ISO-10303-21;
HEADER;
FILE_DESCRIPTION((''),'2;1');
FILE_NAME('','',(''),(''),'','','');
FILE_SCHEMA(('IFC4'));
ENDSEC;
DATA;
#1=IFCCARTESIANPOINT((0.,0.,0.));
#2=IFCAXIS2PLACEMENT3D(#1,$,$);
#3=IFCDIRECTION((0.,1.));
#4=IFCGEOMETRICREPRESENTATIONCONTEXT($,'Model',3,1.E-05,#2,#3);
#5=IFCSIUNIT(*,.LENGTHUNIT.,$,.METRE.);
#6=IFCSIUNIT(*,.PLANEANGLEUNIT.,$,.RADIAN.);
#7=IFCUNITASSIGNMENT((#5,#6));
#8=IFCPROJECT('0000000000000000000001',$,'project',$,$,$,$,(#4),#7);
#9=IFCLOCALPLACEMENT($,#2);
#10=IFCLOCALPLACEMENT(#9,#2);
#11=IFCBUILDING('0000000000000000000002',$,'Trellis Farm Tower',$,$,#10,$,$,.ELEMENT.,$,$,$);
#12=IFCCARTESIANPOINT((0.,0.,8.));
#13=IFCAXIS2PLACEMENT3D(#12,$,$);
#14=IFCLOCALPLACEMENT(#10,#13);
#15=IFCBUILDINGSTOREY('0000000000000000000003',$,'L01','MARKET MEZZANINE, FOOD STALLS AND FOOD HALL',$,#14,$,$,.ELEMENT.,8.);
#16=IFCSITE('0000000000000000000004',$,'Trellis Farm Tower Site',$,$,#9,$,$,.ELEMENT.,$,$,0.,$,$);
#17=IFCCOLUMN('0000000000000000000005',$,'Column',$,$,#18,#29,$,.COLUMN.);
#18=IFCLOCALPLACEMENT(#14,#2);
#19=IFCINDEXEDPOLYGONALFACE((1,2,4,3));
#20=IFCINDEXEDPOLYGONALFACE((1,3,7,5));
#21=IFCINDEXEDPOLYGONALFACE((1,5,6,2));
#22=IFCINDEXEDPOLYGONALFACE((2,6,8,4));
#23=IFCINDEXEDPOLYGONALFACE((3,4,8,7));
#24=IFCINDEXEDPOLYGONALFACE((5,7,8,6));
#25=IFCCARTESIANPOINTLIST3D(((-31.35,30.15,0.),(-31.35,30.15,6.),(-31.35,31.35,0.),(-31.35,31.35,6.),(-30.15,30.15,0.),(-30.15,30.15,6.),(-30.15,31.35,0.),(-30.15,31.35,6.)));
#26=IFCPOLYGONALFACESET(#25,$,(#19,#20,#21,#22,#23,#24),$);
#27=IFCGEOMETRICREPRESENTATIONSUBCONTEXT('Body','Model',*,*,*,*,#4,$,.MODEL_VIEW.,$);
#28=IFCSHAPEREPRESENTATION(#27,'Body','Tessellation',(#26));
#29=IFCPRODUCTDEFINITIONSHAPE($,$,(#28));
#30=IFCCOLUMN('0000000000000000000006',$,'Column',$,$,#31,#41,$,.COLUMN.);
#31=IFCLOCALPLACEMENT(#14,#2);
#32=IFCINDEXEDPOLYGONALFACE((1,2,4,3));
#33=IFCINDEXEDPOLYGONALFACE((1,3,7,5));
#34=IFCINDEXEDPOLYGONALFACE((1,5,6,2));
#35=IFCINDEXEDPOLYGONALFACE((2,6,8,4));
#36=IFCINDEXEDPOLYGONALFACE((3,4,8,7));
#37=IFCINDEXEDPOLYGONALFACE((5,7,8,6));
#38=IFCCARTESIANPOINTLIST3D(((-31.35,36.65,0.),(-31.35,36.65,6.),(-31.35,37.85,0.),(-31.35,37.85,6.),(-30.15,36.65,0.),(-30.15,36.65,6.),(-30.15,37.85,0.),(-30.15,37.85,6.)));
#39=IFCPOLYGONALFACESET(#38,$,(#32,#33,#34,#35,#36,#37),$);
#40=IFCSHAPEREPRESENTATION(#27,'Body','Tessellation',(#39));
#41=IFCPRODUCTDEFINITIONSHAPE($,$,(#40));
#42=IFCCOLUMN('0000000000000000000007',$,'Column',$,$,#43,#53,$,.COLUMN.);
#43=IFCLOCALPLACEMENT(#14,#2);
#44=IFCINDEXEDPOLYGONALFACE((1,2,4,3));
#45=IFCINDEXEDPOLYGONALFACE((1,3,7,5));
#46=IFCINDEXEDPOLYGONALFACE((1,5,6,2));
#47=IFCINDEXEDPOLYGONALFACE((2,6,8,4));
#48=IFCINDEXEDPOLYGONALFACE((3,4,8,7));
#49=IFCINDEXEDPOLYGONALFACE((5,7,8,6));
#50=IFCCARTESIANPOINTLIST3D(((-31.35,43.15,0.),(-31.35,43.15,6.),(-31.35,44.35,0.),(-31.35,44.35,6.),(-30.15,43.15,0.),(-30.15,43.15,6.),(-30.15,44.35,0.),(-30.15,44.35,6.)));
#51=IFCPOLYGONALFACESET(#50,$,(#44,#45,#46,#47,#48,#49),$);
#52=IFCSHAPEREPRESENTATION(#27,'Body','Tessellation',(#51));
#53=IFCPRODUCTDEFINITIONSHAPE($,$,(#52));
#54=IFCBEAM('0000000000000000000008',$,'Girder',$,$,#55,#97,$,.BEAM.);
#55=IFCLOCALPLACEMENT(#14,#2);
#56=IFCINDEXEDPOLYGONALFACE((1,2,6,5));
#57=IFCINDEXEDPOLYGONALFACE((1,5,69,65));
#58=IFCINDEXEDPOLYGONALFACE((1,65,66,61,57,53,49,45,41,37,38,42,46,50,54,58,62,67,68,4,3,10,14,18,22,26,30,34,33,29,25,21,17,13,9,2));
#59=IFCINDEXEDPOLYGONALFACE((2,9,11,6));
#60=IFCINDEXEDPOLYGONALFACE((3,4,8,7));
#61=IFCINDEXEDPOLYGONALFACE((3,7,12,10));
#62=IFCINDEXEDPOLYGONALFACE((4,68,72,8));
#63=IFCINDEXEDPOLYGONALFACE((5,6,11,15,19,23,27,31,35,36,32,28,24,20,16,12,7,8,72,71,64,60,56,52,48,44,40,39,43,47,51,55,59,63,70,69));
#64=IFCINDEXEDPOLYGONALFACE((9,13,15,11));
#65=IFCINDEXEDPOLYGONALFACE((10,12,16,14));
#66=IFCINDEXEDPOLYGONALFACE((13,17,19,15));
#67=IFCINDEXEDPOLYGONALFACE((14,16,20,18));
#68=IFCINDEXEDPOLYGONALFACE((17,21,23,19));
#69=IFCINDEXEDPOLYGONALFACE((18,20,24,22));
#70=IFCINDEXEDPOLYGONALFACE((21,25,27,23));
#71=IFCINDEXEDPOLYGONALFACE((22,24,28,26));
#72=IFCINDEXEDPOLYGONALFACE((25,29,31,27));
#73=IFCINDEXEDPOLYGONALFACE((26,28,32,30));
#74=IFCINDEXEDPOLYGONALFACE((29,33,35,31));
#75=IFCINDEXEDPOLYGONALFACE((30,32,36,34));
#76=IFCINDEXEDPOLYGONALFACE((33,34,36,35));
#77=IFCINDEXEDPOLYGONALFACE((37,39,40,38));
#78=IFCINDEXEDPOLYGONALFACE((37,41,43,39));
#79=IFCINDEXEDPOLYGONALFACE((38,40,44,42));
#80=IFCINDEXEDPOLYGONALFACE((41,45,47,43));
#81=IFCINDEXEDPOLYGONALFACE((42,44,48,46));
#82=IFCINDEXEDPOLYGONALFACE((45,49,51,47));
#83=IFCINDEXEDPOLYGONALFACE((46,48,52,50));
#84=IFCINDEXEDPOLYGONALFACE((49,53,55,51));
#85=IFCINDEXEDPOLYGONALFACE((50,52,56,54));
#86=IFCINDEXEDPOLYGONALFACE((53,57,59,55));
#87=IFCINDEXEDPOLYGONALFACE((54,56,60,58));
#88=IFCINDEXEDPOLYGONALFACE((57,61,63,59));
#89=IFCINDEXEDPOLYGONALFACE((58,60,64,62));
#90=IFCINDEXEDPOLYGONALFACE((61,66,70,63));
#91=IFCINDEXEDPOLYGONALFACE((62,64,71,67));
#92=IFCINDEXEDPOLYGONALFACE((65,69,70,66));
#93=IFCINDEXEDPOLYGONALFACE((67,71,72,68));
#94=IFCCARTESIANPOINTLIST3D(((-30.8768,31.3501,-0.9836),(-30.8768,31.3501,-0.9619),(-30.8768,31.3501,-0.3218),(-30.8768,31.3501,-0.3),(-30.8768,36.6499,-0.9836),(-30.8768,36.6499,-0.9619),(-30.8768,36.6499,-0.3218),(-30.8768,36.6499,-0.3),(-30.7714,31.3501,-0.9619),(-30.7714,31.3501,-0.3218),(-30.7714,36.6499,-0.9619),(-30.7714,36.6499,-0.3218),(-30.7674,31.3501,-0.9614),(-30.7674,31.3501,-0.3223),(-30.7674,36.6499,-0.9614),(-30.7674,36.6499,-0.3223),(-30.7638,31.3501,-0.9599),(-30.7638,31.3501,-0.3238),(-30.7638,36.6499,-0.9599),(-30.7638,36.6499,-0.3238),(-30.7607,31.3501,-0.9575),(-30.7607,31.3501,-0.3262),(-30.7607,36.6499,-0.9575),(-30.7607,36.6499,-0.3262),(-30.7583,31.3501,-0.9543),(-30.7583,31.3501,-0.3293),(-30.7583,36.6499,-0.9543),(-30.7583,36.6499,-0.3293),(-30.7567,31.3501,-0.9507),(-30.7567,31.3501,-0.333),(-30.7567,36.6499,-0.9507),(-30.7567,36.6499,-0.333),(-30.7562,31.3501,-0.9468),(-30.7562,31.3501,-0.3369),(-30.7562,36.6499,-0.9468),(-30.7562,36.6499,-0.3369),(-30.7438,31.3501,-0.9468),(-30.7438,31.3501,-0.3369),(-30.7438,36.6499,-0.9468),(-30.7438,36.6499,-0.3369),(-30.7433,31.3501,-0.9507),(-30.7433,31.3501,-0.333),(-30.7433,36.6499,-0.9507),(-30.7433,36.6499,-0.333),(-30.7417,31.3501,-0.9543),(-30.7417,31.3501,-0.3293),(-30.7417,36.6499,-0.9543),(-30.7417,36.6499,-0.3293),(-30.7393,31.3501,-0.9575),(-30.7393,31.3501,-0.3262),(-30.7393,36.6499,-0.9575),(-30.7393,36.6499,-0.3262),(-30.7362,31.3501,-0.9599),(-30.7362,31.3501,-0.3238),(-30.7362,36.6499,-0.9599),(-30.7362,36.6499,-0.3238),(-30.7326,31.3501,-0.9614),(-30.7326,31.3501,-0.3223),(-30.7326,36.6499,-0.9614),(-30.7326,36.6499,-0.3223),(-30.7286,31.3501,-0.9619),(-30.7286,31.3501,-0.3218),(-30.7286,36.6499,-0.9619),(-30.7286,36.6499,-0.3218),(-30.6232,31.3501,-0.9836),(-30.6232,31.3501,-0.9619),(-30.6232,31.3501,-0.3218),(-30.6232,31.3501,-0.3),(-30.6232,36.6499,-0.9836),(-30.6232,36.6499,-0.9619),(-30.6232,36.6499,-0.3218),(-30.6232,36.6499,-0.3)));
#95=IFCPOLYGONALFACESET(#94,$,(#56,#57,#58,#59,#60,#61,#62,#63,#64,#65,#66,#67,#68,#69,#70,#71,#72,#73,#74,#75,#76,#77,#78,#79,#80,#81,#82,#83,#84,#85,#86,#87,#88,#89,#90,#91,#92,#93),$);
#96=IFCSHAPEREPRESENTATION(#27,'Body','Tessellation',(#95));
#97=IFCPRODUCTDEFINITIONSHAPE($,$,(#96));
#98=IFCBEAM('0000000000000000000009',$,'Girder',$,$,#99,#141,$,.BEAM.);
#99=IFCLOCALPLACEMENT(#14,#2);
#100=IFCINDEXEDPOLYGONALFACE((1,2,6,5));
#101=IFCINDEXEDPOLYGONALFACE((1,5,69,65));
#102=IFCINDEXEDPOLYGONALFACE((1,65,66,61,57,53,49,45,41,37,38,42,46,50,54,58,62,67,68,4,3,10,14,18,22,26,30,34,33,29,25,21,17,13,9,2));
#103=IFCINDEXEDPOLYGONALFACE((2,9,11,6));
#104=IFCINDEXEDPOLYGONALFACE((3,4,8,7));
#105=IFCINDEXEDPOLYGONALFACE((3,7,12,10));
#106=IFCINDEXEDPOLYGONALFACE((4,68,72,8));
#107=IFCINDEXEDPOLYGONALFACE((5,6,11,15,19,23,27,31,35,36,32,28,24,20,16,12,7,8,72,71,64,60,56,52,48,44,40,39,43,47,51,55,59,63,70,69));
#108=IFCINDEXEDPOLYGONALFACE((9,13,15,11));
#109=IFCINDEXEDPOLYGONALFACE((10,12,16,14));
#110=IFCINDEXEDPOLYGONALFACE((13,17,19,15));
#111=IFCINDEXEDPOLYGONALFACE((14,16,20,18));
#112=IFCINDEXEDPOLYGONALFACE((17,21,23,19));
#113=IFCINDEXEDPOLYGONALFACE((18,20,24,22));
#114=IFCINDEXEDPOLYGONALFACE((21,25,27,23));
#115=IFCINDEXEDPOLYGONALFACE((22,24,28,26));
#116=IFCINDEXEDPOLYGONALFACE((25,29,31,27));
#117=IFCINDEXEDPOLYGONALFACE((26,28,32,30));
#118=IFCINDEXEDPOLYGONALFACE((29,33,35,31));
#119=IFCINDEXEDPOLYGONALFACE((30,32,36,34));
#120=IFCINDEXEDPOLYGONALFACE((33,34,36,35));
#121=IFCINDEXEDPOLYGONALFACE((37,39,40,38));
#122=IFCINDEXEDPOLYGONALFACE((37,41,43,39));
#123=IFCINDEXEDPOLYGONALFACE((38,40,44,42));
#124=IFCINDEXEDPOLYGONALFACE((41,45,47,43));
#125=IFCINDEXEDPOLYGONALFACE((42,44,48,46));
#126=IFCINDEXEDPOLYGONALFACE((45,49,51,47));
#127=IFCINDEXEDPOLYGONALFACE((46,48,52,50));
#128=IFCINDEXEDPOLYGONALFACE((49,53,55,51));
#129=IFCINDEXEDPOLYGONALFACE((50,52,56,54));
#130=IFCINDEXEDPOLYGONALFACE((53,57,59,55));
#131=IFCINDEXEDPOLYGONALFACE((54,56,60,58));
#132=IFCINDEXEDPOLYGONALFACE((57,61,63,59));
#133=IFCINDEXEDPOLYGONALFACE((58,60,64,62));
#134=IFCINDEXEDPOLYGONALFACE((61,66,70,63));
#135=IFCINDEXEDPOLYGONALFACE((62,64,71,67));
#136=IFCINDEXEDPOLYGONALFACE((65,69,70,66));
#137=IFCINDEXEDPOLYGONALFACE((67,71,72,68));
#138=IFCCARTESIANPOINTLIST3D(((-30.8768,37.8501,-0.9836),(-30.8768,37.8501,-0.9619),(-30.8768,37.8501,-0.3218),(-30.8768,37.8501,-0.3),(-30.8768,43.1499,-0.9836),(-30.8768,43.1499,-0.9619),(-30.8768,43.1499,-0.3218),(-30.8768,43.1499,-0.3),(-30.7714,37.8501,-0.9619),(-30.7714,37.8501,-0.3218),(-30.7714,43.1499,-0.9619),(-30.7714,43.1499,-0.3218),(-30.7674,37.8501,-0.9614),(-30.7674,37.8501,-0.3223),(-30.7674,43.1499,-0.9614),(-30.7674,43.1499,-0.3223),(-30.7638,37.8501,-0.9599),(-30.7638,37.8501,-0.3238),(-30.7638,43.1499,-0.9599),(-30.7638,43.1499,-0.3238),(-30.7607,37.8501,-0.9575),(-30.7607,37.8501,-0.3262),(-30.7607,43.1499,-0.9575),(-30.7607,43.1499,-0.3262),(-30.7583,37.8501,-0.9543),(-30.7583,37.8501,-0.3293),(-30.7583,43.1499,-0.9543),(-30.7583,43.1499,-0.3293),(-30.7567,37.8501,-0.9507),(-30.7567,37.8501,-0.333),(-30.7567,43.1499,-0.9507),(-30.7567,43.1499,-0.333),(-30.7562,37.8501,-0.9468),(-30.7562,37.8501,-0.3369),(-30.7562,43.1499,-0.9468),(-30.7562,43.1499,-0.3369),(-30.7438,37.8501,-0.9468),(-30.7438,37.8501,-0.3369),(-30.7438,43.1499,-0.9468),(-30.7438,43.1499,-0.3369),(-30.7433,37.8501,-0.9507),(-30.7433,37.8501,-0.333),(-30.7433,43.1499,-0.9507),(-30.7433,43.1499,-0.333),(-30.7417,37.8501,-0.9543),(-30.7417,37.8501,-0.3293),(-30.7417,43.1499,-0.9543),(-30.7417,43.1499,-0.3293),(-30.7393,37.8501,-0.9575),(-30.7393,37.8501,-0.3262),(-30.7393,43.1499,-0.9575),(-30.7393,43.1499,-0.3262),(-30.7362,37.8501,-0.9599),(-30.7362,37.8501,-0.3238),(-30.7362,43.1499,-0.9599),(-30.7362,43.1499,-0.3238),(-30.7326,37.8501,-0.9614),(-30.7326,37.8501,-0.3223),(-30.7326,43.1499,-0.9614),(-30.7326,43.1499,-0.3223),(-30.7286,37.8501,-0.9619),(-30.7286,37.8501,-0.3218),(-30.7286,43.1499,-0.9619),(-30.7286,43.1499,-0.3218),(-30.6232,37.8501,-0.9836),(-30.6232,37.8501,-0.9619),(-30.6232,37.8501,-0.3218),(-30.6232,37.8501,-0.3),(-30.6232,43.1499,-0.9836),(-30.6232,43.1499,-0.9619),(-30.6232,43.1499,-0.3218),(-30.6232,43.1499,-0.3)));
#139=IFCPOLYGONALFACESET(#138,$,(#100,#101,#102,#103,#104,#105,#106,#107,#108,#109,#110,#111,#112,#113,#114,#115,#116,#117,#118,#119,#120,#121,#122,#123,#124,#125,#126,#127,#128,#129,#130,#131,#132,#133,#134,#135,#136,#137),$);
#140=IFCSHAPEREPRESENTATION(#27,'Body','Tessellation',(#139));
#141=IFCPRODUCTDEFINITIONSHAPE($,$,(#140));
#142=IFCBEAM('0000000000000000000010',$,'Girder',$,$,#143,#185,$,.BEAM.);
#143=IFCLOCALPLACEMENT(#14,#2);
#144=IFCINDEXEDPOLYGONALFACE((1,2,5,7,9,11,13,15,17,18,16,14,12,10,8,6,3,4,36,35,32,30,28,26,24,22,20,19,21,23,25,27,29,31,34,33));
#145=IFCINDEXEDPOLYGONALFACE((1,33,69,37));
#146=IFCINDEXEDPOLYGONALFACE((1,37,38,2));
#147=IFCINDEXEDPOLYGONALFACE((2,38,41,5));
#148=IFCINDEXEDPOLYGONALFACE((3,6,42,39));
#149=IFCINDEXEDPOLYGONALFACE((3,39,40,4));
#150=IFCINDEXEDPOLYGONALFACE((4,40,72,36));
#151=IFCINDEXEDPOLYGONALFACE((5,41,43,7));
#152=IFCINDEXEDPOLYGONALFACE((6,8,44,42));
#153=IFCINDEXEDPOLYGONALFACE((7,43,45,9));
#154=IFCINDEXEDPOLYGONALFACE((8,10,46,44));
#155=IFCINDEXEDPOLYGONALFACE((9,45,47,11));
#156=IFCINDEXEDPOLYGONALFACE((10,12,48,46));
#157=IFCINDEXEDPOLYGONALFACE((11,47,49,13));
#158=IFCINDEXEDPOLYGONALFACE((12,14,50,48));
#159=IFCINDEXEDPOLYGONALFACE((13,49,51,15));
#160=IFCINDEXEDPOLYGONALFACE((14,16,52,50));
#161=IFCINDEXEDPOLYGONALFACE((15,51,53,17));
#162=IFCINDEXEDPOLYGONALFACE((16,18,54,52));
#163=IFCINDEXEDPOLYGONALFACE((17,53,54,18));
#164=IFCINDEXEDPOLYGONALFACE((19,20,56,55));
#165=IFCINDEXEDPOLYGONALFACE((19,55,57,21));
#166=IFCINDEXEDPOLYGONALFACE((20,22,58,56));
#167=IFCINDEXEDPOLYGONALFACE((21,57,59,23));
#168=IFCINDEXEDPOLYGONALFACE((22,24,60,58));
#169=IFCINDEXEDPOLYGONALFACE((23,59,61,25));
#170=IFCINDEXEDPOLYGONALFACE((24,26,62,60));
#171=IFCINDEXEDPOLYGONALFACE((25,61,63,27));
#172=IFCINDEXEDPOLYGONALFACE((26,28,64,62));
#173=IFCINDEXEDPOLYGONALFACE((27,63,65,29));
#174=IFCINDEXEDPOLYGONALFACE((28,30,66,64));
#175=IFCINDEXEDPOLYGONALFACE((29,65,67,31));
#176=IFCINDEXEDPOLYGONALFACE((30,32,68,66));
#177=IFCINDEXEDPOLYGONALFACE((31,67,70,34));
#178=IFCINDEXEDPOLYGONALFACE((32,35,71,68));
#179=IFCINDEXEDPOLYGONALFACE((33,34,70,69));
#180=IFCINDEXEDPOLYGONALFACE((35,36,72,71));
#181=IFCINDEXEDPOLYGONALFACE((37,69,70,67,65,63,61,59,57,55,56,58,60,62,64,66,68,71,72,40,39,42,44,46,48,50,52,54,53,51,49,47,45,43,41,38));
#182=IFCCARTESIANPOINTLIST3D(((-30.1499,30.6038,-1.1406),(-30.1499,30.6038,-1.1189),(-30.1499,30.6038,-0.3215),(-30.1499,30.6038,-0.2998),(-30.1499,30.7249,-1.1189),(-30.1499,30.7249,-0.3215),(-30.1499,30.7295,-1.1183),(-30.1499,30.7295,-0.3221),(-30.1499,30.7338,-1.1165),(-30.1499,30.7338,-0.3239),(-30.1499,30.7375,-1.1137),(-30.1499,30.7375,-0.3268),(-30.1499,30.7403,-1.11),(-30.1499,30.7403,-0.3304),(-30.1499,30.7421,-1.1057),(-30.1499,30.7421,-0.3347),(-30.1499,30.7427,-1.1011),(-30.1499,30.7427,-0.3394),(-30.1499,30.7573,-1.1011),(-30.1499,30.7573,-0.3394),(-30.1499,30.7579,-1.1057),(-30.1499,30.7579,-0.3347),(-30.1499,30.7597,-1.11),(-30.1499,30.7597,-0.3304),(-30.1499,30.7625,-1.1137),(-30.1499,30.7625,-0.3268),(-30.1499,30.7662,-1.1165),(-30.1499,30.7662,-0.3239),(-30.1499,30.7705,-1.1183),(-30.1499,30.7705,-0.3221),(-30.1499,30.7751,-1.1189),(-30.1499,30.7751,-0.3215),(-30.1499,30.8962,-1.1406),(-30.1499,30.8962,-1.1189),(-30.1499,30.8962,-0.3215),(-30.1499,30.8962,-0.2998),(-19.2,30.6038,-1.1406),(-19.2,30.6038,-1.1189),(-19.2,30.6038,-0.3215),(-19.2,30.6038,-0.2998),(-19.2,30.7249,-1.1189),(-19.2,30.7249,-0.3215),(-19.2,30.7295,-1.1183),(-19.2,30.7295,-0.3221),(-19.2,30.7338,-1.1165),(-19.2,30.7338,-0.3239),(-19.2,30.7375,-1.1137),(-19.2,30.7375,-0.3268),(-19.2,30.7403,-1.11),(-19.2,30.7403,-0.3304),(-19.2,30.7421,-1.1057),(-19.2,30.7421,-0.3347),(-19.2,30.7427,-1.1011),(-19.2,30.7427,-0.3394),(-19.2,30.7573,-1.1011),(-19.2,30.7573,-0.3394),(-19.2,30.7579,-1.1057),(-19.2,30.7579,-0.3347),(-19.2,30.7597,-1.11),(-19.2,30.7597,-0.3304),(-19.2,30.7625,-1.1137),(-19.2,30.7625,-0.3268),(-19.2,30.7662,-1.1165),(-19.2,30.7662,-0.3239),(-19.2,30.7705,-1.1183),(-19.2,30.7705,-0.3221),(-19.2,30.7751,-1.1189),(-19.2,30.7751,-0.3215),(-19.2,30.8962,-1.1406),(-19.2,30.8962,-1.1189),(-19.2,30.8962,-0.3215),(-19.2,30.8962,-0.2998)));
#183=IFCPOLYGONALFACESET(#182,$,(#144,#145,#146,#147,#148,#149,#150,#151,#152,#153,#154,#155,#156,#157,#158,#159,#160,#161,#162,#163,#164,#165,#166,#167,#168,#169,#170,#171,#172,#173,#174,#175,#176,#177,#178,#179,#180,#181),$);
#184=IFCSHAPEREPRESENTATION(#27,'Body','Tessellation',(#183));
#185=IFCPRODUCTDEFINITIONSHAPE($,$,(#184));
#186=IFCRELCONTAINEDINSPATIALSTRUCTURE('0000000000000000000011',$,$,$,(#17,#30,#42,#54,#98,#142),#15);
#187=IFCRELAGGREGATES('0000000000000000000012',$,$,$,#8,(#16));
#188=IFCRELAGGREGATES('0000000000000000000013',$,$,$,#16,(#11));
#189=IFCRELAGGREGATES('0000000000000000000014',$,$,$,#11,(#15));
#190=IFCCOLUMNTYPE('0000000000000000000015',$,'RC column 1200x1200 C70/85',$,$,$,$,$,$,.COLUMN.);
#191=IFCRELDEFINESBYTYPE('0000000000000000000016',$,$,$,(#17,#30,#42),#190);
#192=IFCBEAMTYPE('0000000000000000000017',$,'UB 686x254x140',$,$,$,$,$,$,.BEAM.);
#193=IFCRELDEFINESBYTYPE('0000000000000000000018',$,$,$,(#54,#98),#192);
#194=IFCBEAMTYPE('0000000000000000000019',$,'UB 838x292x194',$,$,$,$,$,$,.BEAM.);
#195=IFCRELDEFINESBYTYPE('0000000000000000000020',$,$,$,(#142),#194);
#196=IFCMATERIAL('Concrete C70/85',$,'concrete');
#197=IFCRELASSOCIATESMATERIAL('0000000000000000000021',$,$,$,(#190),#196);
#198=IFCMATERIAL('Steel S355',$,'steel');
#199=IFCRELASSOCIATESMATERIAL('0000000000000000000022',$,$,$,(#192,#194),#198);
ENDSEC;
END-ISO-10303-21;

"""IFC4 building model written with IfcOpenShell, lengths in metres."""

from ifc_helpers import new_model, si_unit, direction, frame, origin, origin_2d, place, context, subcontext, project, spatial, rectangle, i_section, extrude, source, transform, mapped, material, material_profile, profile_set, type_object, element, save


model = new_model("IFC4")

# Units and contexts
model_context = context("Model", 3, precision=1e-05, world=origin(), true_north=direction((0.0, 1.0)))
body_context = subcontext(model_context, "Body", "Model", "MODEL_VIEW")
ifc_project = project(units=[si_unit("LENGTHUNIT", "METRE"), si_unit("PLANEANGLEUNIT", "RADIAN")], contexts=[model_context])

# Site, building, storey
site_placement = place(None, origin())
site = spatial("IfcSite", under=ifc_project, at=site_placement, Name="Trellis Farm Tower Site", CompositionType="ELEMENT", RefElevation=0.0)
building_placement = place(site_placement, origin())
building = spatial("IfcBuilding", under=site, at=building_placement, Name="Trellis Farm Tower", CompositionType="ELEMENT")
storey_placement = place(building_placement, frame((0.0, 0.0, 8.0)))
storey = spatial("IfcBuildingStorey", under=building, at=storey_placement, Name="L01", Description="MARKET MEZZANINE, FOOD STALLS AND FOOD HALL", CompositionType="ELEMENT", Elevation=8.0)

# Columns
ifc_material_1 = material(Name="Concrete C70/85", Category="concrete")
ifc_material_profile_1 = material_profile(ifc_material_1, rectangle(XDim=1.2, YDim=1.2, at=origin_2d()), Name="RC column 1200x1200 C70/85")
ifc_profile_set_1 = profile_set([ifc_material_profile_1], Name="Concrete C70/85")
column_type = type_object("IfcColumnType", Name="RC column 1200x1200 C70/85", PredefinedType="COLUMN", material=ifc_profile_set_1)
shared_shape_1 = source(origin(), body_context, "Body", "SweptSolid", [
    extrude(rectangle(XDim=1.2, YDim=1.2, at=origin_2d()), origin(), (0.0, 0.0, 1.0), 6.0),
])
for number, where, z_axis, x_axis, name in (
    (1, (-30.75, 30.75, 0.0), (0.0, 0.0, 1.0), (1.0, 0.0, 0.0), "Column"),
    (2, (-30.75, 37.25, 0.0), (0.0, 0.0, 1.0), (1.0, 0.0, 0.0), "Column"),
    (3, (-30.75, 43.75, 0.0), (0.0, 0.0, 1.0), (1.0, 0.0, 0.0), "Column"),
):
    element("IfcColumn", number, at=place(storey_placement, frame(where, z_axis=z_axis, x_axis=x_axis)), inside=storey, type_object=column_type, Name=name, PredefinedType="COLUMN", context=body_context, shape_type="MappedRepresentation", body=[
        mapped(shared_shape_1, transform((0.0, 0.0, 0.0))),
    ])

# Beams
ifc_material_2 = material(Name="Steel S355", Category="steel")
ifc_material_profile_2 = material_profile(ifc_material_2, i_section(OverallWidth=0.2537, OverallDepth=0.6836, WebThickness=0.0125, FlangeThickness=0.0217, FilletRadius=0.0151, at=origin_2d()), Name="UB 686x254x140")
ifc_profile_set_2 = profile_set([ifc_material_profile_2], Name="Steel S355")
beam_type_1 = type_object("IfcBeamType", Name="UB 686x254x140", PredefinedType="BEAM", material=ifc_profile_set_2)
shared_shape_2 = source(origin(), body_context, "Body", "SweptSolid", [
    extrude(i_section(OverallWidth=0.2537, OverallDepth=0.6836, WebThickness=0.0125, FlangeThickness=0.0217, FilletRadius=0.0151, at=origin_2d()), origin(), (0.0, 0.0, 1.0), 5.2998),
])
for number, where, z_axis, x_axis, name in (
    (4, (-30.75, 31.3501, -0.6418), (0.0, 1.0, 0.0), (-1.0, 0.0, 0.0), "Girder"),
    (5, (-30.75, 37.8501, -0.6418), (0.0, 1.0, 0.0), (-1.0, 0.0, 0.0), "Girder"),
):
    element("IfcBeam", number, at=place(storey_placement, frame(where, z_axis=z_axis, x_axis=x_axis)), inside=storey, type_object=beam_type_1, Name=name, PredefinedType="BEAM", context=body_context, shape_type="MappedRepresentation", body=[
        mapped(shared_shape_2, transform((0.0, 0.0, 0.0))),
    ])
ifc_material_profile_3 = material_profile(ifc_material_2, i_section(OverallWidth=0.2925, OverallDepth=0.8408, WebThickness=0.0146, FlangeThickness=0.0217, FilletRadius=0.0178, at=origin_2d()), Name="UB 838x292x194")
ifc_profile_set_3 = profile_set([ifc_material_profile_3], Name="Steel S355")
beam_type_2 = type_object("IfcBeamType", Name="UB 838x292x194", PredefinedType="BEAM", material=ifc_profile_set_3)
shared_shape_3 = source(origin(), body_context, "Body", "SweptSolid", [
    extrude(i_section(OverallWidth=0.2925, OverallDepth=0.8408, WebThickness=0.0146, FlangeThickness=0.0217, FilletRadius=0.0178, at=origin_2d()), origin(), (0.0, 0.0, 1.0), 10.95),
])
for number, where, z_axis, x_axis, name in (
    (6, (-30.1499, 30.75, -0.7202), (1.0, 0.0, 0.0), (0.0, 1.0, 0.0), "Girder"),
):
    element("IfcBeam", number, at=place(storey_placement, frame(where, z_axis=z_axis, x_axis=x_axis)), inside=storey, type_object=beam_type_2, Name=name, PredefinedType="BEAM", context=body_context, shape_type="MappedRepresentation", body=[
        mapped(shared_shape_3, transform((0.0, 0.0, 0.0))),
    ])

save(model, "model.ifc")
